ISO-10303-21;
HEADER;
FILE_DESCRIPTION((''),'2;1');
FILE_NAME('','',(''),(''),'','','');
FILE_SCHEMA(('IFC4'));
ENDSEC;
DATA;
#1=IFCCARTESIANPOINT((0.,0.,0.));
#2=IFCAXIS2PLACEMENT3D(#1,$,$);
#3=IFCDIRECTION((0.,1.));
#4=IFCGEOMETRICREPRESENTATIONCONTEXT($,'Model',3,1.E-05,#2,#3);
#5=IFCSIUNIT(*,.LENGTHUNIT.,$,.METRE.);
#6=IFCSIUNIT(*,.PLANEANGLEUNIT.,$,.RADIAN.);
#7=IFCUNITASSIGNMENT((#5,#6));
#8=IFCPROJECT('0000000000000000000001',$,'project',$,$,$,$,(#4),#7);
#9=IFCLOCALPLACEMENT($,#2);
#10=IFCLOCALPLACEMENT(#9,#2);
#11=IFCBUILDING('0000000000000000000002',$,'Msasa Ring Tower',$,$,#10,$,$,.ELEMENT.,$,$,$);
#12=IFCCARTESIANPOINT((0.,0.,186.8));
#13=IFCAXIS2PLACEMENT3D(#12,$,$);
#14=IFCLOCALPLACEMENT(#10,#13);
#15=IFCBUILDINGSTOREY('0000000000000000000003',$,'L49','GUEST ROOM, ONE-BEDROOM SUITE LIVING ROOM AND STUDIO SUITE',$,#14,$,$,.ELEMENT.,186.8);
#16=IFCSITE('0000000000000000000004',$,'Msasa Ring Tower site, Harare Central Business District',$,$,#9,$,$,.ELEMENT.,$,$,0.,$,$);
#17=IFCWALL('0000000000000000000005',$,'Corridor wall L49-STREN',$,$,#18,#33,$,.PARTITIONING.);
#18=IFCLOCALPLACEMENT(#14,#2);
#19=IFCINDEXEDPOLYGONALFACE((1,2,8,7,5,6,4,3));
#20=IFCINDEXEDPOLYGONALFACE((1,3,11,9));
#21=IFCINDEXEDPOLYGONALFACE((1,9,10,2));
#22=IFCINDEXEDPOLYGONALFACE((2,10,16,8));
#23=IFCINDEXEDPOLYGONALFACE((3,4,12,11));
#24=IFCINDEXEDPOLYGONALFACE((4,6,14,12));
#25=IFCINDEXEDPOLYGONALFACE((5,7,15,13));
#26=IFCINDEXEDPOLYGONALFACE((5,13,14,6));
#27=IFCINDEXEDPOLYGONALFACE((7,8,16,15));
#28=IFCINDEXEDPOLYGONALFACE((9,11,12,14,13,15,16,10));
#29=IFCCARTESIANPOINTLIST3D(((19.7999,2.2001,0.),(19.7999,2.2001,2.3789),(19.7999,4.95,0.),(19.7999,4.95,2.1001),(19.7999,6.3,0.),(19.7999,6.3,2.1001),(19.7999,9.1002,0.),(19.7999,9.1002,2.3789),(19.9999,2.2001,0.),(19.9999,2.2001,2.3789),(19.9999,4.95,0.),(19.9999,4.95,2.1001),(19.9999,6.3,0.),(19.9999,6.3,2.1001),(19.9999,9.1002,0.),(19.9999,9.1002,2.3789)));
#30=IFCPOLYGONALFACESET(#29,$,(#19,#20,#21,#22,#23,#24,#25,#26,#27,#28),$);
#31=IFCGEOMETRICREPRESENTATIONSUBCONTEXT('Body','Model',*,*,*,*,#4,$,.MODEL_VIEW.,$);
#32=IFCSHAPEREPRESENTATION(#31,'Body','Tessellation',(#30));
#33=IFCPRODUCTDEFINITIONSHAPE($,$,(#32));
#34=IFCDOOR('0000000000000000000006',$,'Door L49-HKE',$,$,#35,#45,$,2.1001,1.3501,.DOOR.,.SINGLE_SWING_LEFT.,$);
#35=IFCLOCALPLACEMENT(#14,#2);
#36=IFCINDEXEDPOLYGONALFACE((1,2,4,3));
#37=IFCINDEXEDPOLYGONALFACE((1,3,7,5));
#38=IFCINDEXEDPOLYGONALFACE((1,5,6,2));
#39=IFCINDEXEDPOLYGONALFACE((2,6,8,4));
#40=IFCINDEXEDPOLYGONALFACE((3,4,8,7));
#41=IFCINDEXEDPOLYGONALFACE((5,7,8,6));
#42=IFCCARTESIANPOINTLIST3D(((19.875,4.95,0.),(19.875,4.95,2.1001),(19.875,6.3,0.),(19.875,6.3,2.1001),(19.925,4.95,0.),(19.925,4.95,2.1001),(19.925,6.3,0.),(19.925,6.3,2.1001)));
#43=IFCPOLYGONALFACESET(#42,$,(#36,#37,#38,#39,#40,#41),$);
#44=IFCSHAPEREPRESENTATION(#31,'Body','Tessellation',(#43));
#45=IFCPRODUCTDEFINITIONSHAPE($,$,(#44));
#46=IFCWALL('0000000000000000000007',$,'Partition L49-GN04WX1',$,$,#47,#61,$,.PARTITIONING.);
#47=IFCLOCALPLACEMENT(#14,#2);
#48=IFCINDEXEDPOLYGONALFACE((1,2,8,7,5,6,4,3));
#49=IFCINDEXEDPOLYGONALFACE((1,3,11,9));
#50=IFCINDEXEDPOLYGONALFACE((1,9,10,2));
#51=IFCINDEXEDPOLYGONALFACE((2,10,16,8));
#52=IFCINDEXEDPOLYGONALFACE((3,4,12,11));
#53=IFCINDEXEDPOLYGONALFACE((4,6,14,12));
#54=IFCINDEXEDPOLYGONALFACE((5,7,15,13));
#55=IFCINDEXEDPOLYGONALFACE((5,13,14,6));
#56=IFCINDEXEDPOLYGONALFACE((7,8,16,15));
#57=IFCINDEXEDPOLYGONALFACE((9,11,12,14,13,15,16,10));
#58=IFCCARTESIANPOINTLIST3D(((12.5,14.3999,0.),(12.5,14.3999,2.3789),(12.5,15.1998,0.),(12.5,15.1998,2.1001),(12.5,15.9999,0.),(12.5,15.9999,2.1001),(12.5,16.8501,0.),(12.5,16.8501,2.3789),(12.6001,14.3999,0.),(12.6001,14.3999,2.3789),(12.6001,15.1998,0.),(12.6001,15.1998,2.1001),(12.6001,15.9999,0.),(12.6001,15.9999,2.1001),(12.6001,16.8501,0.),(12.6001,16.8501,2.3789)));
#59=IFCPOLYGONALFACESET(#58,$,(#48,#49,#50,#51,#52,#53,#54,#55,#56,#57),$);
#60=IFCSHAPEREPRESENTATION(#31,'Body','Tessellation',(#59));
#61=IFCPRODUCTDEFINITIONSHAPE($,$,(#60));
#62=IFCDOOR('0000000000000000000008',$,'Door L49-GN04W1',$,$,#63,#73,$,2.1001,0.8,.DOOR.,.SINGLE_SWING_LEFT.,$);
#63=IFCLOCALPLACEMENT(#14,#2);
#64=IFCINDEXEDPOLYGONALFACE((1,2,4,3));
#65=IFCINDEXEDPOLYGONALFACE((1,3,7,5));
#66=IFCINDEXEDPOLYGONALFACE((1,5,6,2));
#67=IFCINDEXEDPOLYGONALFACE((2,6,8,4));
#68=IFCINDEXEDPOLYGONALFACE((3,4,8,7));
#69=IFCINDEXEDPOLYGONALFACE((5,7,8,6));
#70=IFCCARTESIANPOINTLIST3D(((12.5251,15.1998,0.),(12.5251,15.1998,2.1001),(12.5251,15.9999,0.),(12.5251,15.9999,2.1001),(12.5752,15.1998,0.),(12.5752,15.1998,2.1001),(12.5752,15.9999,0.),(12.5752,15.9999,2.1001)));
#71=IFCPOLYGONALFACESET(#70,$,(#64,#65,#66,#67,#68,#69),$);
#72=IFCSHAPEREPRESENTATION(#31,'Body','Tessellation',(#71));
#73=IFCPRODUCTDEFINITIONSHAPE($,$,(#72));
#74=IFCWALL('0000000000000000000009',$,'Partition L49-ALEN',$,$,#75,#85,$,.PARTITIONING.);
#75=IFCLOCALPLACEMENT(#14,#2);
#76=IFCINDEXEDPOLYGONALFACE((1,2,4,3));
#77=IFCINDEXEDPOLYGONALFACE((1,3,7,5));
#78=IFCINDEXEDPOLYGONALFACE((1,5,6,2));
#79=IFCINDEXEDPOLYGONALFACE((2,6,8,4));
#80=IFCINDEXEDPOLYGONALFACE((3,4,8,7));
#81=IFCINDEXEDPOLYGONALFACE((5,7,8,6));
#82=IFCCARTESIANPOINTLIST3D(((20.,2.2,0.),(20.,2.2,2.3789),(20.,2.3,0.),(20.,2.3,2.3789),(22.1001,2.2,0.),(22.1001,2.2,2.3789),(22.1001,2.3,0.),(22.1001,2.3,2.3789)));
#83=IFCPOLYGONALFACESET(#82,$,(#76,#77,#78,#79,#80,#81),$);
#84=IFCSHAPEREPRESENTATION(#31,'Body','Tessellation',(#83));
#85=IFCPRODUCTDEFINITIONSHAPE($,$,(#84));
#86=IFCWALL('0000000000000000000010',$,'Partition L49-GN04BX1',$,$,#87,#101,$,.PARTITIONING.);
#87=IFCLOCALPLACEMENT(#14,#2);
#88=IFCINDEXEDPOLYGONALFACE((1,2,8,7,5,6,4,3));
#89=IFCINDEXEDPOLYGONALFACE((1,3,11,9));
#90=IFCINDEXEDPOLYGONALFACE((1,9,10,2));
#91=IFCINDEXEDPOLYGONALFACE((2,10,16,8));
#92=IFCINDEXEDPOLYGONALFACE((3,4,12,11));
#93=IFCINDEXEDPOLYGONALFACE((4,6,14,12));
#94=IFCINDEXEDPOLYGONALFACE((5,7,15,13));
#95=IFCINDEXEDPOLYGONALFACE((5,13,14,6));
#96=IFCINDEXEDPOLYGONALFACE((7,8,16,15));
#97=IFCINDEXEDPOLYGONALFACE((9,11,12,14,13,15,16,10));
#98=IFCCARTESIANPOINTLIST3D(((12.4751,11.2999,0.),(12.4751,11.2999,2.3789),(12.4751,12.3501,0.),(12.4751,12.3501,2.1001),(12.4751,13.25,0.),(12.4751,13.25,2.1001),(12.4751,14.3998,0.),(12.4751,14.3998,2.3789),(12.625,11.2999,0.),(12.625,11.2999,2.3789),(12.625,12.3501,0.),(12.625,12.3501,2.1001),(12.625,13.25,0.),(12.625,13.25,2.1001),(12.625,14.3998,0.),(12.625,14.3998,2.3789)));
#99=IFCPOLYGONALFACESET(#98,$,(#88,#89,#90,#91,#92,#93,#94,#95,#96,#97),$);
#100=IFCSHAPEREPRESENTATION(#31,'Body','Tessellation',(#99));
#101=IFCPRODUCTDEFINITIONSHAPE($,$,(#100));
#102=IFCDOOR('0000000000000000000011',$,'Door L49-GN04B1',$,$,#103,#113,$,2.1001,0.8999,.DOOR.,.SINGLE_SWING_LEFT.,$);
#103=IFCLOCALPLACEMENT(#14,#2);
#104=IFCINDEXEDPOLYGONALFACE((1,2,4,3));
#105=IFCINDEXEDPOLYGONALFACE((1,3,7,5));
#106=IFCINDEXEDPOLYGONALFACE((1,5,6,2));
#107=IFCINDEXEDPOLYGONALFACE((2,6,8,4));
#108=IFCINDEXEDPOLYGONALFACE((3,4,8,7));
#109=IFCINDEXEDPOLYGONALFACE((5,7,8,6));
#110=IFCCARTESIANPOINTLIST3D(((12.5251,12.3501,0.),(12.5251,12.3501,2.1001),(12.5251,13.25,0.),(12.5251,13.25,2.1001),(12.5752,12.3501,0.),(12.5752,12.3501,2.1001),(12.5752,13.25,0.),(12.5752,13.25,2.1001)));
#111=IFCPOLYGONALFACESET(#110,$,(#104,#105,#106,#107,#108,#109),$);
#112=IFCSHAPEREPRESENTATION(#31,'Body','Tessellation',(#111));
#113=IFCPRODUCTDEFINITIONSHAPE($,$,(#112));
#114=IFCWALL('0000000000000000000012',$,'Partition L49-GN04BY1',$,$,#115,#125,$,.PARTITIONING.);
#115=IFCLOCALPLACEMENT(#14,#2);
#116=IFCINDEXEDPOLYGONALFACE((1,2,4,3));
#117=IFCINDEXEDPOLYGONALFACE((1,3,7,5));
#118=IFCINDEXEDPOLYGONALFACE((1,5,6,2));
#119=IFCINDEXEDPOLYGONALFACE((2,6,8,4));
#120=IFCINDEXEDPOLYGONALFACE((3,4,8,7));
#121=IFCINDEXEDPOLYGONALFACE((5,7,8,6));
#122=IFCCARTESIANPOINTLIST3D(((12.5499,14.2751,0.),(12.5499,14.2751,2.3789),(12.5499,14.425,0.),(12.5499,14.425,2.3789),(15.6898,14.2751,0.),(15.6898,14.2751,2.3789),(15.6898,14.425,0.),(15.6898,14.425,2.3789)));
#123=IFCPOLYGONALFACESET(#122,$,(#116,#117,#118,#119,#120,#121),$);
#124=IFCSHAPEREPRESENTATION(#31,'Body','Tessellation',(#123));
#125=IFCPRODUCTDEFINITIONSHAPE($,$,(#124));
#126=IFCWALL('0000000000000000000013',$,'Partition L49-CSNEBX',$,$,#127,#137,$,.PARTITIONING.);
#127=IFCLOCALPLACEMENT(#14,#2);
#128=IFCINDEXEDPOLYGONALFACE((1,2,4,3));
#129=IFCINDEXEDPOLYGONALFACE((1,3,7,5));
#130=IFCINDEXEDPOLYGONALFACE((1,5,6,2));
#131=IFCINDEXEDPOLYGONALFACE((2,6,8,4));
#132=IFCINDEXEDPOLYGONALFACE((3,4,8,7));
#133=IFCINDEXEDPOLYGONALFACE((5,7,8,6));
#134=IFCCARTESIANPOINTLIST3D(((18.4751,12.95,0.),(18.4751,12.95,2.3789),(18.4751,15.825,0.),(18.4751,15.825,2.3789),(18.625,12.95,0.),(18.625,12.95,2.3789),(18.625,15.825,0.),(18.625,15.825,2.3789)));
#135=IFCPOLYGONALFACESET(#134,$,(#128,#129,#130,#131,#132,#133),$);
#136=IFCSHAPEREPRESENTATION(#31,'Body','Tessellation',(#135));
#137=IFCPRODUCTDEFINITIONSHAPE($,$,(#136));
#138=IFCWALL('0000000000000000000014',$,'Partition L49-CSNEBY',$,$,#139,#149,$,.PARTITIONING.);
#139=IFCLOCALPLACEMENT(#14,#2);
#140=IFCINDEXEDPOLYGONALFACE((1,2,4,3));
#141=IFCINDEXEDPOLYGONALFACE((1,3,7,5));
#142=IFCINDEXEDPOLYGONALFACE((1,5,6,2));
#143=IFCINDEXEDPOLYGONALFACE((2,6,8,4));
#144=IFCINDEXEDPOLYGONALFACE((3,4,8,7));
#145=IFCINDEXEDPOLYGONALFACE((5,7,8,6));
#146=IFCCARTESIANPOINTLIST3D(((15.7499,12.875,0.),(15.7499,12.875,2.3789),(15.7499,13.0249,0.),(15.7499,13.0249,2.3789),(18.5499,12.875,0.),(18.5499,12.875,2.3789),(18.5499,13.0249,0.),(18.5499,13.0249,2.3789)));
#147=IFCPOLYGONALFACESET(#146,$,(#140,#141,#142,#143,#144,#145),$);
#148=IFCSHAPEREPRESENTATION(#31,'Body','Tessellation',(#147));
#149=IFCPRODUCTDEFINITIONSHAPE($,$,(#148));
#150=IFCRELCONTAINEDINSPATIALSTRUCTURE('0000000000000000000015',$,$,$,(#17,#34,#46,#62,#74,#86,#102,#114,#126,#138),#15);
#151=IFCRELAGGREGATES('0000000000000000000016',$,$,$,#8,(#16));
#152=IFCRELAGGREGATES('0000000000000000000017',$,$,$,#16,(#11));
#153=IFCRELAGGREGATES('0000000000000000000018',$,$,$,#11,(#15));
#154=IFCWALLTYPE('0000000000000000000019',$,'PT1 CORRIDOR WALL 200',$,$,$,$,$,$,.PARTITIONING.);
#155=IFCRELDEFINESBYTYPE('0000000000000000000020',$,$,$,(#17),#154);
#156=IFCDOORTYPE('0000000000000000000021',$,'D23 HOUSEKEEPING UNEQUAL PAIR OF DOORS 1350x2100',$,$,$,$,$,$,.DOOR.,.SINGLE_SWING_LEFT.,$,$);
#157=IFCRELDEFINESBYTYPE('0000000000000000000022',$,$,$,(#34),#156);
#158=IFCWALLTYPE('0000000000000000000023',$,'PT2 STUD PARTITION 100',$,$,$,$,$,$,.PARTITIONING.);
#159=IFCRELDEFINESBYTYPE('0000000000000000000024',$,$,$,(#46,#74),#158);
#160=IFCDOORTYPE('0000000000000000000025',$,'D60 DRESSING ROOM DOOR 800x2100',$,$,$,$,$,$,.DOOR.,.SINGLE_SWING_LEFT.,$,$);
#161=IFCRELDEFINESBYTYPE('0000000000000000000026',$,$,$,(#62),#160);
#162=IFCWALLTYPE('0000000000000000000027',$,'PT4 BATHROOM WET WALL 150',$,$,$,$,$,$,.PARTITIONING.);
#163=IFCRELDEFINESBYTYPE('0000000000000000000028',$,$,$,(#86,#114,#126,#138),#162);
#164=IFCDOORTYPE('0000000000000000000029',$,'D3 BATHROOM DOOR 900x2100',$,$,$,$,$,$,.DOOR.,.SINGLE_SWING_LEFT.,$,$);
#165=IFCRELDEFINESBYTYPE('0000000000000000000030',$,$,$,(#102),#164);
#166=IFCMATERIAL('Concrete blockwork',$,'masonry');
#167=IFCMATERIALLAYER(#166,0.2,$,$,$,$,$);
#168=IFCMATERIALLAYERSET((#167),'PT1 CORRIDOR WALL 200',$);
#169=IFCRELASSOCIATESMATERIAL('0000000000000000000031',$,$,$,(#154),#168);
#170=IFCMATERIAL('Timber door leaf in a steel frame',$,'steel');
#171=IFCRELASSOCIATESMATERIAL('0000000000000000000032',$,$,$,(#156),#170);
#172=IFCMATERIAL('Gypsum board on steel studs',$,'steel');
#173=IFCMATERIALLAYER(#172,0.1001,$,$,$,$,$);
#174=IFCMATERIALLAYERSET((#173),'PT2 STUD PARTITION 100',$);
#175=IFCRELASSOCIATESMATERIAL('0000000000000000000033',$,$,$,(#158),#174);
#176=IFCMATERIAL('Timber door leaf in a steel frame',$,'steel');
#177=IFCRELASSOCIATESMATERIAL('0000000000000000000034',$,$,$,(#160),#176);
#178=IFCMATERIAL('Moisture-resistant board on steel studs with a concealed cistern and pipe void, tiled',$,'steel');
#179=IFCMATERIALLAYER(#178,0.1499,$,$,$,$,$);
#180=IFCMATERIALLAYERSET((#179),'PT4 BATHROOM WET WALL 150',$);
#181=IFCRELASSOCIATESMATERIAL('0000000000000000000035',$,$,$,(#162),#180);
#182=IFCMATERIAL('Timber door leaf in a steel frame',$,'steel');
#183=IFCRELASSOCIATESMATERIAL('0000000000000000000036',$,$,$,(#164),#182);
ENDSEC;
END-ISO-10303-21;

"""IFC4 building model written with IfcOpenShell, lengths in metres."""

from ifc_helpers import new_model, si_unit, direction, frame, frame_2d, origin, place, context, subcontext, project, spatial, rectangle, extrude, material, layer, layer_set, type_object, element, fill, save


model = new_model("IFC4")

# Units and contexts
model_context = context("Model", 3, precision=1e-05, world=origin(), true_north=direction((0.0, 1.0)))
body_context = subcontext(model_context, "Body", "Model", "MODEL_VIEW")
ifc_project = project(units=[si_unit("LENGTHUNIT", "METRE"), si_unit("PLANEANGLEUNIT", "RADIAN")], contexts=[model_context])

# Site, building, storey
site_placement = place(None, origin())
site = spatial("IfcSite", under=ifc_project, at=site_placement, Name="Msasa Ring Tower site, Harare Central Business District", CompositionType="ELEMENT", RefElevation=0.0)
building_placement = place(site_placement, origin())
building = spatial("IfcBuilding", under=site, at=building_placement, Name="Msasa Ring Tower", CompositionType="ELEMENT")
storey_placement = place(building_placement, frame((0.0, 0.0, 186.8)))
storey = spatial("IfcBuildingStorey", under=building, at=storey_placement, Name="L49", Description="GUEST ROOM, ONE-BEDROOM SUITE LIVING ROOM AND STUDIO SUITE", CompositionType="ELEMENT", Elevation=186.8)

# Walls, openings, doors
ifc_material_1 = material(Name="Concrete blockwork", Category="masonry")
ifc_layer_1 = layer(ifc_material_1, 0.2)
ifc_layer_set_1 = layer_set([ifc_layer_1], Name="PT1 CORRIDOR WALL 200")
wall_type_1 = type_object("IfcWallType", Name="PT1 CORRIDOR WALL 200", PredefinedType="PARTITIONING", material=ifc_layer_set_1)
wall_1_placement = place(storey_placement, frame((19.8999, 2.2, 0.0), z_axis=(0.0, 0.0, 1.0), x_axis=(0.0, 1.0, 0.0)))
wall_1 = element("IfcWall", 1, at=wall_1_placement, inside=storey, type_object=wall_type_1, Name="Corridor wall L49-STREN", PredefinedType="PARTITIONING", context=body_context, shape_type="SweptSolid", body=[
    extrude(rectangle(XDim=6.9001, YDim=0.2, at=frame_2d((3.4502, 0.0))), origin(), (0.0, 0.0, 1.0), 2.3789),
])
opening_1_placement = place(wall_1_placement, frame((2.75, 0.0, 0.0)))
opening_1 = element("IfcOpeningElement", 2, at=opening_1_placement, cuts=wall_1, PredefinedType="OPENING", context=body_context, shape_type="SweptSolid", body=[
    extrude(rectangle(XDim=1.3501, YDim=2.1001, at=frame_2d((0.675, 1.05))), frame((0.0, 0.1099, 0.0), z_axis=(0.0, -1.0, 0.0), x_axis=(1.0, 0.0, 0.0)), (0.0, 0.0, 1.0), 0.22),
])
ifc_material_2 = material(Name="Timber door leaf in a steel frame", Category="steel")
door_type_1 = type_object("IfcDoorType", Name="D23 HOUSEKEEPING UNEQUAL PAIR OF DOORS 1350x2100", OperationType="SINGLE_SWING_LEFT", PredefinedType="DOOR", material=ifc_material_2)
door_1_placement = place(opening_1_placement, origin())
door_1 = element("IfcDoor", 3, at=door_1_placement, inside=storey, type_object=door_type_1, Name="Door L49-HKE", OperationType="SINGLE_SWING_LEFT", OverallHeight=2.1001, OverallWidth=1.3501, PredefinedType="DOOR", context=body_context, shape_type="SweptSolid", body=[
    extrude(rectangle(XDim=1.3501, YDim=2.1001, at=frame_2d((0.675, 1.05))), frame((0.0, 0.0249, 0.0), z_axis=(0.0, -1.0, 0.0), x_axis=(1.0, 0.0, 0.0)), (0.0, 0.0, 1.0), 0.05),
])
fill(opening_1, door_1)
ifc_material_3 = material(Name="Gypsum board on steel studs", Category="steel")
ifc_layer_2 = layer(ifc_material_3, 0.1001)
ifc_layer_set_2 = layer_set([ifc_layer_2], Name="PT2 STUD PARTITION 100")
wall_type_2 = type_object("IfcWallType", Name="PT2 STUD PARTITION 100", PredefinedType="PARTITIONING", material=ifc_layer_set_2)
wall_2_placement = place(storey_placement, frame((12.55, 14.3999, 0.0), z_axis=(0.0, 0.0, 1.0), x_axis=(0.0, 1.0, 0.0)))
wall_2 = element("IfcWall", 4, at=wall_2_placement, inside=storey, type_object=wall_type_2, Name="Partition L49-GN04WX1", PredefinedType="PARTITIONING", context=body_context, shape_type="SweptSolid", body=[
    extrude(rectangle(XDim=2.4502, YDim=0.1001, at=frame_2d((1.2251, 0.0))), origin(), (0.0, 0.0, 1.0), 2.3789),
])
opening_2_placement = place(wall_2_placement, frame((0.8, 0.0, 0.0)))
opening_2 = element("IfcOpeningElement", 5, at=opening_2_placement, cuts=wall_2, PredefinedType="OPENING", context=body_context, shape_type="SweptSolid", body=[
    extrude(rectangle(XDim=0.8, YDim=2.1001, at=frame_2d((0.3999, 1.05))), frame((0.0, 0.0601, 0.0), z_axis=(0.0, -1.0, 0.0), x_axis=(1.0, 0.0, 0.0)), (0.0, 0.0, 1.0), 0.1201),
])
ifc_material_4 = material(Name="Timber door leaf in a steel frame", Category="steel")
door_type_2 = type_object("IfcDoorType", Name="D60 DRESSING ROOM DOOR 800x2100", OperationType="SINGLE_SWING_LEFT", PredefinedType="DOOR", material=ifc_material_4)
door_2_placement = place(opening_2_placement, origin())
door_2 = element("IfcDoor", 6, at=door_2_placement, inside=storey, type_object=door_type_2, Name="Door L49-GN04W1", OperationType="SINGLE_SWING_LEFT", OverallHeight=2.1001, OverallWidth=0.8, PredefinedType="DOOR", context=body_context, shape_type="SweptSolid", body=[
    extrude(rectangle(XDim=0.8, YDim=2.1001, at=frame_2d((0.3999, 1.05))), frame((0.0, 0.0249, 0.0), z_axis=(0.0, -1.0, 0.0), x_axis=(1.0, 0.0, 0.0)), (0.0, 0.0, 1.0), 0.05),
])
fill(opening_2, door_2)

# Wall
wall_3_placement = place(storey_placement, frame((20.0, 2.25, 0.0), z_axis=(0.0, 0.0, 1.0), x_axis=(1.0, 0.0, 0.0)))
element("IfcWall", 7, at=wall_3_placement, inside=storey, type_object=wall_type_2, Name="Partition L49-ALEN", PredefinedType="PARTITIONING", context=body_context, shape_type="SweptSolid", body=[
    extrude(rectangle(XDim=2.1001, YDim=0.1001, at=frame_2d((1.05, 0.0))), origin(), (0.0, 0.0, 1.0), 2.3789),
])

# Wall, opening, door
ifc_material_5 = material(Name="Moisture-resistant board on steel studs with a concealed cistern and pipe void, tiled", Category="steel")
ifc_layer_3 = layer(ifc_material_5, 0.1499)
ifc_layer_set_3 = layer_set([ifc_layer_3], Name="PT4 BATHROOM WET WALL 150")
wall_type_3 = type_object("IfcWallType", Name="PT4 BATHROOM WET WALL 150", PredefinedType="PARTITIONING", material=ifc_layer_set_3)
wall_4_placement = place(storey_placement, frame((12.55, 11.3, 0.0), z_axis=(0.0, 0.0, 1.0), x_axis=(0.0, 1.0, 0.0)))
wall_4 = element("IfcWall", 8, at=wall_4_placement, inside=storey, type_object=wall_type_3, Name="Partition L49-GN04BX1", PredefinedType="PARTITIONING", context=body_context, shape_type="SweptSolid", body=[
    extrude(rectangle(XDim=3.0999, YDim=0.1499, at=frame_2d((1.5498, 0.0))), origin(), (0.0, 0.0, 1.0), 2.3789),
])
opening_3_placement = place(wall_4_placement, frame((1.05, 0.0, 0.0)))
opening_3 = element("IfcOpeningElement", 9, at=opening_3_placement, cuts=wall_4, PredefinedType="OPENING", context=body_context, shape_type="SweptSolid", body=[
    extrude(rectangle(XDim=0.8999, YDim=2.1001, at=frame_2d((0.45, 1.05))), frame((0.0, 0.085, 0.0), z_axis=(0.0, -1.0, 0.0), x_axis=(1.0, 0.0, 0.0)), (0.0, 0.0, 1.0), 0.1699),
])
ifc_material_6 = material(Name="Timber door leaf in a steel frame", Category="steel")
door_type_3 = type_object("IfcDoorType", Name="D3 BATHROOM DOOR 900x2100", OperationType="SINGLE_SWING_LEFT", PredefinedType="DOOR", material=ifc_material_6)
door_3_placement = place(opening_3_placement, origin())
door_3 = element("IfcDoor", 10, at=door_3_placement, inside=storey, type_object=door_type_3, Name="Door L49-GN04B1", OperationType="SINGLE_SWING_LEFT", OverallHeight=2.1001, OverallWidth=0.8999, PredefinedType="DOOR", context=body_context, shape_type="SweptSolid", body=[
    extrude(rectangle(XDim=0.8999, YDim=2.1001, at=frame_2d((0.45, 1.05))), frame((0.0, 0.0249, 0.0), z_axis=(0.0, -1.0, 0.0), x_axis=(1.0, 0.0, 0.0)), (0.0, 0.0, 1.0), 0.05),
])
fill(opening_3, door_3)

# Walls
wall_5_placement = place(storey_placement, frame((12.55, 14.3501, 0.0), z_axis=(0.0, 0.0, 1.0), x_axis=(1.0, 0.0, 0.0)))
element("IfcWall", 11, at=wall_5_placement, inside=storey, type_object=wall_type_3, Name="Partition L49-GN04BY1", PredefinedType="PARTITIONING", context=body_context, shape_type="SweptSolid", body=[
    extrude(rectangle(XDim=3.1399, YDim=0.1499, at=frame_2d((1.5698, 0.0))), origin(), (0.0, 0.0, 1.0), 2.3789),
])
wall_6_placement = place(storey_placement, frame((18.55, 12.95, 0.0), z_axis=(0.0, 0.0, 1.0), x_axis=(0.0, 1.0, 0.0)))
element("IfcWall", 12, at=wall_6_placement, inside=storey, type_object=wall_type_3, Name="Partition L49-CSNEBX", PredefinedType="PARTITIONING", context=body_context, shape_type="SweptSolid", body=[
    extrude(rectangle(XDim=2.875, YDim=0.1499, at=frame_2d((1.4375, 0.0))), origin(), (0.0, 0.0, 1.0), 2.3789),
])
wall_7_placement = place(storey_placement, frame((15.75, 12.95, 0.0), z_axis=(0.0, 0.0, 1.0), x_axis=(1.0, 0.0, 0.0)))
element("IfcWall", 13, at=wall_7_placement, inside=storey, type_object=wall_type_3, Name="Partition L49-CSNEBY", PredefinedType="PARTITIONING", context=body_context, shape_type="SweptSolid", body=[
    extrude(rectangle(XDim=2.8, YDim=0.1499, at=frame_2d((1.3999, 0.0))), origin(), (0.0, 0.0, 1.0), 2.3789),
])

save(model, "model.ifc")
